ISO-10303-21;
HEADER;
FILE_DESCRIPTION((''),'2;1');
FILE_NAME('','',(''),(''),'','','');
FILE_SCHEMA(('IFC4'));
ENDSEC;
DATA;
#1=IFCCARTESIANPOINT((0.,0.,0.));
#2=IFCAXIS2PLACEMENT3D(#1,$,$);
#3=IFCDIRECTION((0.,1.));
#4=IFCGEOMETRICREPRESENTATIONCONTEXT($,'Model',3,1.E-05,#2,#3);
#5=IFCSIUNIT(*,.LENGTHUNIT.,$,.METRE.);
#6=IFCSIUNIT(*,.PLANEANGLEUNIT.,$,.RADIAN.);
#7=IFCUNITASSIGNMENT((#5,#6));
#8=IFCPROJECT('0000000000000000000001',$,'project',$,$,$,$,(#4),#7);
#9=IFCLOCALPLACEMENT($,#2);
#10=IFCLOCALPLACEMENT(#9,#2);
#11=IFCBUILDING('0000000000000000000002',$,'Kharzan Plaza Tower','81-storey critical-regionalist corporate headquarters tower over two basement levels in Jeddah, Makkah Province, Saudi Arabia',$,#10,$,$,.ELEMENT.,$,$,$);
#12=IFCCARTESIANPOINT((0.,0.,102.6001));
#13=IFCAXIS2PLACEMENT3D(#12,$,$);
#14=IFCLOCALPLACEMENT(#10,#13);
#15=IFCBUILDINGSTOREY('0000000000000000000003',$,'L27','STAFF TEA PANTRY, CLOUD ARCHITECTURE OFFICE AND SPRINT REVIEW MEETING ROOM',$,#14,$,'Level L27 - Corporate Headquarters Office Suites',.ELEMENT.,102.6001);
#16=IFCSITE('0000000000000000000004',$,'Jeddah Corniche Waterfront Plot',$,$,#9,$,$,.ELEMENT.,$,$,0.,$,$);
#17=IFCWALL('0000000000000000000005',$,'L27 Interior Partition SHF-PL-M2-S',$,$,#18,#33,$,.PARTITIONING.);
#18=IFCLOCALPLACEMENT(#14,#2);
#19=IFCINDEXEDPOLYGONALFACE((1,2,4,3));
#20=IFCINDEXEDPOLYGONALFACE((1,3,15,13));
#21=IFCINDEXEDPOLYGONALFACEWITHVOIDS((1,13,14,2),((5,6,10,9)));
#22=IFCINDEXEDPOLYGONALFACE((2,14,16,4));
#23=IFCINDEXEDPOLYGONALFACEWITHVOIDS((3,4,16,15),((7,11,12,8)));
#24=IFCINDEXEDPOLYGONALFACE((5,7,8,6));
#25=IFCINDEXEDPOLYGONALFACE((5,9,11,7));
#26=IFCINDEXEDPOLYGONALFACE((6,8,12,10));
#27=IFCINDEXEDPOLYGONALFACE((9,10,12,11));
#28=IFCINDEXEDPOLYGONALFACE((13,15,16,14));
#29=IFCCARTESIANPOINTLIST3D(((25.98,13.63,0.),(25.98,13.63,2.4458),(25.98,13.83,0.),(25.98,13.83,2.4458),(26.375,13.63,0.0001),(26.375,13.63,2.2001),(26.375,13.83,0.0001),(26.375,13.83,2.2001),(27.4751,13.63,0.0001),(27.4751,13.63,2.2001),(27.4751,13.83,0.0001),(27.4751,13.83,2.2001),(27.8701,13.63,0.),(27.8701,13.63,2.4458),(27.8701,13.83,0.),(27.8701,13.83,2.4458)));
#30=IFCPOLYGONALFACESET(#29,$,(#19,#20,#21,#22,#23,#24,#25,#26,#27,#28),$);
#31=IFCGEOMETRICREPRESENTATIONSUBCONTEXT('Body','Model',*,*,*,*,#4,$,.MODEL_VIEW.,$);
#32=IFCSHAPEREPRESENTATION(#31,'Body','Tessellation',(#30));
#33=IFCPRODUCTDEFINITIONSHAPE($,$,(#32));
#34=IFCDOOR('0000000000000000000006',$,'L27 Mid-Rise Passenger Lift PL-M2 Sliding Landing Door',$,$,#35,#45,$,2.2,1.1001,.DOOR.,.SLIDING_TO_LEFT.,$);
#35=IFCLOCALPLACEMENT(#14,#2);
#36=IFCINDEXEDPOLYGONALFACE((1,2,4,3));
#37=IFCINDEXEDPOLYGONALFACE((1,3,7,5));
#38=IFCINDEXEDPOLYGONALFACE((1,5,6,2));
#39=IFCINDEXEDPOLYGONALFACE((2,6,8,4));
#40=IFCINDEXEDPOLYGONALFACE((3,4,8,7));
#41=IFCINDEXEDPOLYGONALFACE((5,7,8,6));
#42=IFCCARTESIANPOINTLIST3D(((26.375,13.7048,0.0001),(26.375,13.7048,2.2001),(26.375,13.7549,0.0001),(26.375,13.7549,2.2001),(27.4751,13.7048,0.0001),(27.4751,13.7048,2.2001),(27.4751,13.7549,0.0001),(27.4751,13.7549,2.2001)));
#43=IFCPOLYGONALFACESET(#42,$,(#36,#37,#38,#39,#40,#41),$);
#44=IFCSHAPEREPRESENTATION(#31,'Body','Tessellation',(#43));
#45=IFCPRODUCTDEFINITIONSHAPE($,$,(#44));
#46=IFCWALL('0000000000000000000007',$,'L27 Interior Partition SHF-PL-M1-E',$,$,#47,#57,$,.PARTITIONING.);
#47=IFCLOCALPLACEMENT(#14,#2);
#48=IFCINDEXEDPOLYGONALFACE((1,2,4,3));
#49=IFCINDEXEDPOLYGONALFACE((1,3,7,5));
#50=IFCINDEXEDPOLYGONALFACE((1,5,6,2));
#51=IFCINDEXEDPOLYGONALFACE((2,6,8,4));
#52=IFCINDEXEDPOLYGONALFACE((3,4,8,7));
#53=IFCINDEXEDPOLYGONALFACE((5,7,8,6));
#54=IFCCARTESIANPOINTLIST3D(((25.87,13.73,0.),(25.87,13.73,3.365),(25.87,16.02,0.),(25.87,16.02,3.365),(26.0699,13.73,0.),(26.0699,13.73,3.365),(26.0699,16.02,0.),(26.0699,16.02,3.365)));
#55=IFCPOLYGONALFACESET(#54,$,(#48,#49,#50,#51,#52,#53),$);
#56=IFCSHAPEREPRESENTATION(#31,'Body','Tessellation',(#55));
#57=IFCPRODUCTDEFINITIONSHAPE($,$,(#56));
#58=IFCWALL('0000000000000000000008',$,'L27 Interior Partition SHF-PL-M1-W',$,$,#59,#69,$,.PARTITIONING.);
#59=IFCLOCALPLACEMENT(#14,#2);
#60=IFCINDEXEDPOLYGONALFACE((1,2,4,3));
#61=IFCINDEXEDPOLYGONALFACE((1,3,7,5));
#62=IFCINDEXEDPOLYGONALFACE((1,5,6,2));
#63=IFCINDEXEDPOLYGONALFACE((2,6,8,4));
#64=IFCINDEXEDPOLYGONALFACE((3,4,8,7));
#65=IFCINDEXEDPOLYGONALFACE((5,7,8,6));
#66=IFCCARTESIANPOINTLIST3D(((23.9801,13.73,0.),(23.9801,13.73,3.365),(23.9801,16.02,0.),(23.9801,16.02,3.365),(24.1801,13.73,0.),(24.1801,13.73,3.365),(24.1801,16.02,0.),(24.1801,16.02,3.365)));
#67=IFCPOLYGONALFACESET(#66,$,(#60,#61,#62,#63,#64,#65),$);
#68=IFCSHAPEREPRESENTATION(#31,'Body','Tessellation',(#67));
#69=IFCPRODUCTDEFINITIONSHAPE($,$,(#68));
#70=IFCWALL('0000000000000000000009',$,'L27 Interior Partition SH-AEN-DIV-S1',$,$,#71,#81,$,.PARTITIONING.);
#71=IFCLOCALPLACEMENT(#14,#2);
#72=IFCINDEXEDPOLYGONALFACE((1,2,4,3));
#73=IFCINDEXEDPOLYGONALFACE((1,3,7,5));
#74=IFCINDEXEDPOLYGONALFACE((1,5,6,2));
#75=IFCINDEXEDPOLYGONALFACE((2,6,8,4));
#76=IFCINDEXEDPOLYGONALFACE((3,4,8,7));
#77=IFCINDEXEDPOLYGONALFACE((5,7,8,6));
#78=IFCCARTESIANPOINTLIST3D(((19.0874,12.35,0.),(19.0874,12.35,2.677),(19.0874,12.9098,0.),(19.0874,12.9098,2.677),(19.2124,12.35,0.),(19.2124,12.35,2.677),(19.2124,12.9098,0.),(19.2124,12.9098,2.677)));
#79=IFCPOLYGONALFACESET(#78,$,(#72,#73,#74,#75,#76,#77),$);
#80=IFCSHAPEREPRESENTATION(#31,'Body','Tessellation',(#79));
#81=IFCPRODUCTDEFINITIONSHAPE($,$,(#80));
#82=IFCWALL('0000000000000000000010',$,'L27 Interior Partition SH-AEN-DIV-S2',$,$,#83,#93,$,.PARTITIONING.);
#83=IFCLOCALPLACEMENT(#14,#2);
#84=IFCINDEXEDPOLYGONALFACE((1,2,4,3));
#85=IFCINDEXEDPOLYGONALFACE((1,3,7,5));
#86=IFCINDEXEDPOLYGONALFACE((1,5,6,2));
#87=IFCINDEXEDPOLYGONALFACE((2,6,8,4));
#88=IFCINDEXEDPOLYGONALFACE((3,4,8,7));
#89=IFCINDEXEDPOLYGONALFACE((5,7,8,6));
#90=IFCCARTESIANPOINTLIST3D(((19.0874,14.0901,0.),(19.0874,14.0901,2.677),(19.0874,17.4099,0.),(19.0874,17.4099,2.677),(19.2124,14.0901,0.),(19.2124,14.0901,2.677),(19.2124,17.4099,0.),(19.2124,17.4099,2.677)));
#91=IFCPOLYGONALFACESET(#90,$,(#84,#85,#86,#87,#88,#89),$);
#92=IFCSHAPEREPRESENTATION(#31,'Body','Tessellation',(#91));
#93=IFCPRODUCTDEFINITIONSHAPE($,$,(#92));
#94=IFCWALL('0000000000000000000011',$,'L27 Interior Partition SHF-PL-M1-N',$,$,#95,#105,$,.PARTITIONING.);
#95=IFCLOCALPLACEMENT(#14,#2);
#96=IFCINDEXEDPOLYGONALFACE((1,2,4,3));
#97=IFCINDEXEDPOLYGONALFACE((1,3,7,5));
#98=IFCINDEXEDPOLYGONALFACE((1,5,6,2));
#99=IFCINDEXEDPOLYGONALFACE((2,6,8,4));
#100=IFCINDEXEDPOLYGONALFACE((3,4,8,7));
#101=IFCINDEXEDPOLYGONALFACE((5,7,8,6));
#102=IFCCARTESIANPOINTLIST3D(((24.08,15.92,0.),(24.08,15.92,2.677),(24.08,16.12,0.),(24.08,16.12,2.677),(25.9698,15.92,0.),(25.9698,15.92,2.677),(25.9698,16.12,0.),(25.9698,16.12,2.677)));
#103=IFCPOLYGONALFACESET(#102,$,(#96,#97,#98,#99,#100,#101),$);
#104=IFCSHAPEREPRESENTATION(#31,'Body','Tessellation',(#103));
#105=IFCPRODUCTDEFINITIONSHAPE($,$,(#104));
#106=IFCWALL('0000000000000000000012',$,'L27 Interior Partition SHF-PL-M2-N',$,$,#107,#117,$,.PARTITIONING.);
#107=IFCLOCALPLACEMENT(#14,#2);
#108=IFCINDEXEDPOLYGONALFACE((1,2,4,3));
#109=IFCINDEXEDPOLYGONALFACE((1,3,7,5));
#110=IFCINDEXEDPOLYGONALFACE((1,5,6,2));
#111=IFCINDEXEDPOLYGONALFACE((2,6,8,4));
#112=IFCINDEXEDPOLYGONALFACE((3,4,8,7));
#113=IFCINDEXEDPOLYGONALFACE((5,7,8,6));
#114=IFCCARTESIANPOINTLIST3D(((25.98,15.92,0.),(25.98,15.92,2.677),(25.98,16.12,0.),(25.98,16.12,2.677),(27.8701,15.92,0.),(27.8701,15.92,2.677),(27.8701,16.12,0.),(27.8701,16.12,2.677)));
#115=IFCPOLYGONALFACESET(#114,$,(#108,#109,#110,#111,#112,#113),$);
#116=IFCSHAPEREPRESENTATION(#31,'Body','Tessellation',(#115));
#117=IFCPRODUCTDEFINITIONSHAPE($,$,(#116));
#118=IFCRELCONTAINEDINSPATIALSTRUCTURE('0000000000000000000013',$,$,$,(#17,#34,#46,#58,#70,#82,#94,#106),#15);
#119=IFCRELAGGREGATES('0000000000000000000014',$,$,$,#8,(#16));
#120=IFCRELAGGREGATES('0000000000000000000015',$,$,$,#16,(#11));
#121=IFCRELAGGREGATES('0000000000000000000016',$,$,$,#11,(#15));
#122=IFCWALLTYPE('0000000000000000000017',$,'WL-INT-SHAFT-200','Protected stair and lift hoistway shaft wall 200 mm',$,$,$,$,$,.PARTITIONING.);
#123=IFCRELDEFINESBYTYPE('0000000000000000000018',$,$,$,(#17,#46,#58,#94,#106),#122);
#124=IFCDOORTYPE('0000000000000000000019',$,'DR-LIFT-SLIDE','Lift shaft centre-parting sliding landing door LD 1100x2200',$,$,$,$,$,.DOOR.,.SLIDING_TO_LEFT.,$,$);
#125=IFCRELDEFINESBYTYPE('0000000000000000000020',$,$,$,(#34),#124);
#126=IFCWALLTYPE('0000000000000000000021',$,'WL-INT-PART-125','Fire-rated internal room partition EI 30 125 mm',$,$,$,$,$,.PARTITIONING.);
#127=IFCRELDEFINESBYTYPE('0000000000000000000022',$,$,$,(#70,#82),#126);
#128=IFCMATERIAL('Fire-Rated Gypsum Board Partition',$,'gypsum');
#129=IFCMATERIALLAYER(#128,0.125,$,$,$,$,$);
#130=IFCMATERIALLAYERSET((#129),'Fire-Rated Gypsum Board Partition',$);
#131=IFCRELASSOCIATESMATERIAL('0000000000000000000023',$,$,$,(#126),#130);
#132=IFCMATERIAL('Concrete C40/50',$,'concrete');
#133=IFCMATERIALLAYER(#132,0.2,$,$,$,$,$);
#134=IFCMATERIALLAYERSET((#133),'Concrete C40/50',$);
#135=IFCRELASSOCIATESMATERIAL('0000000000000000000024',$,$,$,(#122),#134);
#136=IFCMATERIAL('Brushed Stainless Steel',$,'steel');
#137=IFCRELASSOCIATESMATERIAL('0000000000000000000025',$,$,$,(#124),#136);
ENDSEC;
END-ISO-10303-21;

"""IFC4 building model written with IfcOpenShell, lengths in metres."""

from ifc_helpers import new_model, si_unit, direction, frame, frame_2d, origin, place, context, subcontext, project, spatial, rectangle, extrude, source, transform, mapped, material, layer, layer_set, type_object, element, fill, save


model = new_model("IFC4")

# Units and contexts
model_context = context("Model", 3, precision=1e-05, world=origin(), true_north=direction((0.0, 1.0)))
body_context = subcontext(model_context, "Body", "Model", "MODEL_VIEW")
ifc_project = project(units=[si_unit("LENGTHUNIT", "METRE"), si_unit("PLANEANGLEUNIT", "RADIAN")], contexts=[model_context])

# Site, building, storey
site_placement = place(None, origin())
site = spatial("IfcSite", under=ifc_project, at=site_placement, Name="Jeddah Corniche Waterfront Plot", CompositionType="ELEMENT", RefElevation=0.0)
building_placement = place(site_placement, origin())
building = spatial("IfcBuilding", under=site, at=building_placement, Name="Kharzan Plaza Tower", Description="81-storey critical-regionalist corporate headquarters tower over two basement levels in Jeddah, Makkah Province, Saudi Arabia", CompositionType="ELEMENT")
storey_placement = place(building_placement, frame((0.0, 0.0, 102.6001)))
storey = spatial("IfcBuildingStorey", under=building, at=storey_placement, Name="L27", Description="STAFF TEA PANTRY, CLOUD ARCHITECTURE OFFICE AND SPRINT REVIEW MEETING ROOM", LongName="Level L27 - Corporate Headquarters Office Suites", CompositionType="ELEMENT", Elevation=102.6001)

# Wall, opening, door
ifc_material_1 = material(Name="Fire-Rated Gypsum Board Partition", Category="gypsum")
ifc_layer_1 = layer(ifc_material_1, 0.125)
ifc_layer_set_1 = layer_set([ifc_layer_1], Name="Fire-Rated Gypsum Board Partition")
wall_type_1 = type_object("IfcWallType", Name="WL-INT-PART-125", Description="Fire-rated internal room partition EI 30 125 mm", PredefinedType="PARTITIONING", material=ifc_layer_set_1)
ifc_material_2 = material(Name="Concrete C40/50", Category="concrete")
ifc_layer_2 = layer(ifc_material_2, 0.2)
ifc_layer_set_2 = layer_set([ifc_layer_2], Name="Concrete C40/50")
wall_type_2 = type_object("IfcWallType", Name="WL-INT-SHAFT-200", Description="Protected stair and lift hoistway shaft wall 200 mm", PredefinedType="PARTITIONING", material=ifc_layer_set_2)
ifc_material_3 = material(Name="Brushed Stainless Steel", Category="steel")
door_type_1 = type_object("IfcDoorType", Name="DR-LIFT-SLIDE", Description="Lift shaft centre-parting sliding landing door LD 1100x2200", OperationType="SLIDING_TO_LEFT", PredefinedType="DOOR", material=ifc_material_3)
shared_shape_1 = source(origin(), body_context, "Body", "SweptSolid", [
    extrude(rectangle(XDim=1.1001, YDim=2.2, at=frame_2d((0.55, 1.1001))), frame((0.0, 0.0249, 0.0), z_axis=(0.0, -1.0, 0.0), x_axis=(1.0, 0.0, 0.0)), (0.0, 0.0, 1.0), 0.05),
])
wall_1_placement = place(storey_placement, frame((25.98, 13.73, 0.0), z_axis=(0.0, 0.0, 1.0), x_axis=(1.0, 0.0, 0.0)))
wall_1 = element("IfcWall", 1, at=wall_1_placement, inside=storey, type_object=wall_type_2, Name="L27 Interior Partition SHF-PL-M2-S", PredefinedType="PARTITIONING", context=body_context, shape_type="SweptSolid", body=[
    extrude(rectangle(XDim=1.8901, YDim=0.2, at=frame_2d((0.9451, 0.0))), origin(), (0.0, 0.0, 1.0), 2.4458),
])
opening_1_placement = place(wall_1_placement, frame((0.395, 0.0, 0.0)))
opening_1 = element("IfcOpeningElement", 2, at=opening_1_placement, cuts=wall_1, PredefinedType="OPENING", context=body_context, shape_type="SweptSolid", body=[
    extrude(rectangle(XDim=1.1001, YDim=2.2, at=frame_2d((0.55, 1.1001))), frame((0.0, 0.1099, 0.0), z_axis=(0.0, -1.0, 0.0), x_axis=(1.0, 0.0, 0.0)), (0.0, 0.0, 1.0), 0.22),
])
door_1_placement = place(opening_1_placement, origin())
door_1 = element("IfcDoor", 3, at=door_1_placement, inside=storey, type_object=door_type_1, Name="L27 Mid-Rise Passenger Lift PL-M2 Sliding Landing Door", OperationType="SLIDING_TO_LEFT", OverallHeight=2.2, OverallWidth=1.1001, PredefinedType="DOOR", context=body_context, shape_type="MappedRepresentation", body=[
    mapped(shared_shape_1, transform((0.0, 0.0, 0.0), x_axis=(1.0, 0.0, 0.0), y_axis=(0.0, 1.0, 0.0), z_axis=(0.0, 0.0, 1.0))),
])
fill(opening_1, door_1)

# Walls
shared_shape_2 = source(origin(), body_context, "Body", "SweptSolid", [
    extrude(rectangle(XDim=2.29, YDim=0.2, at=frame_2d((1.145, 0.0))), origin(), (0.0, 0.0, 1.0), 3.365),
])
for number, where, z_axis, x_axis, name in (
    (4, (25.97, 13.73, 0.0), (0.0, 0.0, 1.0), (0.0, 1.0, 0.0), "L27 Interior Partition SHF-PL-M1-E"),
    (5, (24.0801, 13.73, 0.0), (0.0, 0.0, 1.0), (0.0, 1.0, 0.0), "L27 Interior Partition SHF-PL-M1-W"),
):
    element("IfcWall", number, at=place(storey_placement, frame(where, z_axis=z_axis, x_axis=x_axis)), inside=storey, type_object=wall_type_2, Name=name, PredefinedType="PARTITIONING", context=body_context, shape_type="MappedRepresentation", body=[
        mapped(shared_shape_2, transform((0.0, 0.0, 0.0), x_axis=(1.0, 0.0, 0.0), y_axis=(0.0, 1.0, 0.0), z_axis=(0.0, 0.0, 1.0))),
    ])
shared_shape_3 = source(origin(), body_context, "Body", "SweptSolid", [
    extrude(rectangle(XDim=0.5598, YDim=0.125, at=frame_2d((0.2798, 0.0))), origin(), (0.0, 0.0, 1.0), 2.677),
])
wall_2_placement = place(storey_placement, frame((19.1499, 12.3501, 0.0), z_axis=(0.0, 0.0, 1.0), x_axis=(0.0, 1.0, 0.0)))
element("IfcWall", 6, at=wall_2_placement, inside=storey, type_object=wall_type_1, Name="L27 Interior Partition SH-AEN-DIV-S1", PredefinedType="PARTITIONING", context=body_context, shape_type="MappedRepresentation", body=[
    mapped(shared_shape_3, transform((0.0, 0.0, 0.0), x_axis=(1.0, 0.0, 0.0), y_axis=(0.0, 1.0, 0.0), z_axis=(0.0, 0.0, 1.0))),
])
shared_shape_4 = source(origin(), body_context, "Body", "SweptSolid", [
    extrude(rectangle(XDim=3.3198, YDim=0.125, at=frame_2d((1.6599, 0.0))), origin(), (0.0, 0.0, 1.0), 2.677),
])
wall_3_placement = place(storey_placement, frame((19.1499, 14.0901, 0.0), z_axis=(0.0, 0.0, 1.0), x_axis=(0.0, 1.0, 0.0)))
element("IfcWall", 7, at=wall_3_placement, inside=storey, type_object=wall_type_1, Name="L27 Interior Partition SH-AEN-DIV-S2", PredefinedType="PARTITIONING", context=body_context, shape_type="MappedRepresentation", body=[
    mapped(shared_shape_4, transform((0.0, 0.0, 0.0), x_axis=(1.0, 0.0, 0.0), y_axis=(0.0, 1.0, 0.0), z_axis=(0.0, 0.0, 1.0))),
])
shared_shape_5 = source(origin(), body_context, "Body", "SweptSolid", [
    extrude(rectangle(XDim=1.8899, YDim=0.2, at=frame_2d((0.9448, 0.0))), origin(), (0.0, 0.0, 1.0), 2.677),
])
wall_4_placement = place(storey_placement, frame((24.0801, 16.02, 0.0), z_axis=(0.0, 0.0, 1.0), x_axis=(1.0, 0.0, 0.0)))
element("IfcWall", 8, at=wall_4_placement, inside=storey, type_object=wall_type_2, Name="L27 Interior Partition SHF-PL-M1-N", PredefinedType="PARTITIONING", context=body_context, shape_type="MappedRepresentation", body=[
    mapped(shared_shape_5, transform((0.0, 0.0, 0.0), x_axis=(1.0, 0.0, 0.0), y_axis=(0.0, 1.0, 0.0), z_axis=(0.0, 0.0, 1.0))),
])
shared_shape_6 = source(origin(), body_context, "Body", "SweptSolid", [
    extrude(rectangle(XDim=1.8901, YDim=0.2, at=frame_2d((0.9451, 0.0))), origin(), (0.0, 0.0, 1.0), 2.677),
])
wall_5_placement = place(storey_placement, frame((25.98, 16.02, 0.0), z_axis=(0.0, 0.0, 1.0), x_axis=(1.0, 0.0, 0.0)))
element("IfcWall", 9, at=wall_5_placement, inside=storey, type_object=wall_type_2, Name="L27 Interior Partition SHF-PL-M2-N", PredefinedType="PARTITIONING", context=body_context, shape_type="MappedRepresentation", body=[
    mapped(shared_shape_6, transform((0.0, 0.0, 0.0), x_axis=(1.0, 0.0, 0.0), y_axis=(0.0, 1.0, 0.0), z_axis=(0.0, 0.0, 1.0))),
])

save(model, "model.ifc")
